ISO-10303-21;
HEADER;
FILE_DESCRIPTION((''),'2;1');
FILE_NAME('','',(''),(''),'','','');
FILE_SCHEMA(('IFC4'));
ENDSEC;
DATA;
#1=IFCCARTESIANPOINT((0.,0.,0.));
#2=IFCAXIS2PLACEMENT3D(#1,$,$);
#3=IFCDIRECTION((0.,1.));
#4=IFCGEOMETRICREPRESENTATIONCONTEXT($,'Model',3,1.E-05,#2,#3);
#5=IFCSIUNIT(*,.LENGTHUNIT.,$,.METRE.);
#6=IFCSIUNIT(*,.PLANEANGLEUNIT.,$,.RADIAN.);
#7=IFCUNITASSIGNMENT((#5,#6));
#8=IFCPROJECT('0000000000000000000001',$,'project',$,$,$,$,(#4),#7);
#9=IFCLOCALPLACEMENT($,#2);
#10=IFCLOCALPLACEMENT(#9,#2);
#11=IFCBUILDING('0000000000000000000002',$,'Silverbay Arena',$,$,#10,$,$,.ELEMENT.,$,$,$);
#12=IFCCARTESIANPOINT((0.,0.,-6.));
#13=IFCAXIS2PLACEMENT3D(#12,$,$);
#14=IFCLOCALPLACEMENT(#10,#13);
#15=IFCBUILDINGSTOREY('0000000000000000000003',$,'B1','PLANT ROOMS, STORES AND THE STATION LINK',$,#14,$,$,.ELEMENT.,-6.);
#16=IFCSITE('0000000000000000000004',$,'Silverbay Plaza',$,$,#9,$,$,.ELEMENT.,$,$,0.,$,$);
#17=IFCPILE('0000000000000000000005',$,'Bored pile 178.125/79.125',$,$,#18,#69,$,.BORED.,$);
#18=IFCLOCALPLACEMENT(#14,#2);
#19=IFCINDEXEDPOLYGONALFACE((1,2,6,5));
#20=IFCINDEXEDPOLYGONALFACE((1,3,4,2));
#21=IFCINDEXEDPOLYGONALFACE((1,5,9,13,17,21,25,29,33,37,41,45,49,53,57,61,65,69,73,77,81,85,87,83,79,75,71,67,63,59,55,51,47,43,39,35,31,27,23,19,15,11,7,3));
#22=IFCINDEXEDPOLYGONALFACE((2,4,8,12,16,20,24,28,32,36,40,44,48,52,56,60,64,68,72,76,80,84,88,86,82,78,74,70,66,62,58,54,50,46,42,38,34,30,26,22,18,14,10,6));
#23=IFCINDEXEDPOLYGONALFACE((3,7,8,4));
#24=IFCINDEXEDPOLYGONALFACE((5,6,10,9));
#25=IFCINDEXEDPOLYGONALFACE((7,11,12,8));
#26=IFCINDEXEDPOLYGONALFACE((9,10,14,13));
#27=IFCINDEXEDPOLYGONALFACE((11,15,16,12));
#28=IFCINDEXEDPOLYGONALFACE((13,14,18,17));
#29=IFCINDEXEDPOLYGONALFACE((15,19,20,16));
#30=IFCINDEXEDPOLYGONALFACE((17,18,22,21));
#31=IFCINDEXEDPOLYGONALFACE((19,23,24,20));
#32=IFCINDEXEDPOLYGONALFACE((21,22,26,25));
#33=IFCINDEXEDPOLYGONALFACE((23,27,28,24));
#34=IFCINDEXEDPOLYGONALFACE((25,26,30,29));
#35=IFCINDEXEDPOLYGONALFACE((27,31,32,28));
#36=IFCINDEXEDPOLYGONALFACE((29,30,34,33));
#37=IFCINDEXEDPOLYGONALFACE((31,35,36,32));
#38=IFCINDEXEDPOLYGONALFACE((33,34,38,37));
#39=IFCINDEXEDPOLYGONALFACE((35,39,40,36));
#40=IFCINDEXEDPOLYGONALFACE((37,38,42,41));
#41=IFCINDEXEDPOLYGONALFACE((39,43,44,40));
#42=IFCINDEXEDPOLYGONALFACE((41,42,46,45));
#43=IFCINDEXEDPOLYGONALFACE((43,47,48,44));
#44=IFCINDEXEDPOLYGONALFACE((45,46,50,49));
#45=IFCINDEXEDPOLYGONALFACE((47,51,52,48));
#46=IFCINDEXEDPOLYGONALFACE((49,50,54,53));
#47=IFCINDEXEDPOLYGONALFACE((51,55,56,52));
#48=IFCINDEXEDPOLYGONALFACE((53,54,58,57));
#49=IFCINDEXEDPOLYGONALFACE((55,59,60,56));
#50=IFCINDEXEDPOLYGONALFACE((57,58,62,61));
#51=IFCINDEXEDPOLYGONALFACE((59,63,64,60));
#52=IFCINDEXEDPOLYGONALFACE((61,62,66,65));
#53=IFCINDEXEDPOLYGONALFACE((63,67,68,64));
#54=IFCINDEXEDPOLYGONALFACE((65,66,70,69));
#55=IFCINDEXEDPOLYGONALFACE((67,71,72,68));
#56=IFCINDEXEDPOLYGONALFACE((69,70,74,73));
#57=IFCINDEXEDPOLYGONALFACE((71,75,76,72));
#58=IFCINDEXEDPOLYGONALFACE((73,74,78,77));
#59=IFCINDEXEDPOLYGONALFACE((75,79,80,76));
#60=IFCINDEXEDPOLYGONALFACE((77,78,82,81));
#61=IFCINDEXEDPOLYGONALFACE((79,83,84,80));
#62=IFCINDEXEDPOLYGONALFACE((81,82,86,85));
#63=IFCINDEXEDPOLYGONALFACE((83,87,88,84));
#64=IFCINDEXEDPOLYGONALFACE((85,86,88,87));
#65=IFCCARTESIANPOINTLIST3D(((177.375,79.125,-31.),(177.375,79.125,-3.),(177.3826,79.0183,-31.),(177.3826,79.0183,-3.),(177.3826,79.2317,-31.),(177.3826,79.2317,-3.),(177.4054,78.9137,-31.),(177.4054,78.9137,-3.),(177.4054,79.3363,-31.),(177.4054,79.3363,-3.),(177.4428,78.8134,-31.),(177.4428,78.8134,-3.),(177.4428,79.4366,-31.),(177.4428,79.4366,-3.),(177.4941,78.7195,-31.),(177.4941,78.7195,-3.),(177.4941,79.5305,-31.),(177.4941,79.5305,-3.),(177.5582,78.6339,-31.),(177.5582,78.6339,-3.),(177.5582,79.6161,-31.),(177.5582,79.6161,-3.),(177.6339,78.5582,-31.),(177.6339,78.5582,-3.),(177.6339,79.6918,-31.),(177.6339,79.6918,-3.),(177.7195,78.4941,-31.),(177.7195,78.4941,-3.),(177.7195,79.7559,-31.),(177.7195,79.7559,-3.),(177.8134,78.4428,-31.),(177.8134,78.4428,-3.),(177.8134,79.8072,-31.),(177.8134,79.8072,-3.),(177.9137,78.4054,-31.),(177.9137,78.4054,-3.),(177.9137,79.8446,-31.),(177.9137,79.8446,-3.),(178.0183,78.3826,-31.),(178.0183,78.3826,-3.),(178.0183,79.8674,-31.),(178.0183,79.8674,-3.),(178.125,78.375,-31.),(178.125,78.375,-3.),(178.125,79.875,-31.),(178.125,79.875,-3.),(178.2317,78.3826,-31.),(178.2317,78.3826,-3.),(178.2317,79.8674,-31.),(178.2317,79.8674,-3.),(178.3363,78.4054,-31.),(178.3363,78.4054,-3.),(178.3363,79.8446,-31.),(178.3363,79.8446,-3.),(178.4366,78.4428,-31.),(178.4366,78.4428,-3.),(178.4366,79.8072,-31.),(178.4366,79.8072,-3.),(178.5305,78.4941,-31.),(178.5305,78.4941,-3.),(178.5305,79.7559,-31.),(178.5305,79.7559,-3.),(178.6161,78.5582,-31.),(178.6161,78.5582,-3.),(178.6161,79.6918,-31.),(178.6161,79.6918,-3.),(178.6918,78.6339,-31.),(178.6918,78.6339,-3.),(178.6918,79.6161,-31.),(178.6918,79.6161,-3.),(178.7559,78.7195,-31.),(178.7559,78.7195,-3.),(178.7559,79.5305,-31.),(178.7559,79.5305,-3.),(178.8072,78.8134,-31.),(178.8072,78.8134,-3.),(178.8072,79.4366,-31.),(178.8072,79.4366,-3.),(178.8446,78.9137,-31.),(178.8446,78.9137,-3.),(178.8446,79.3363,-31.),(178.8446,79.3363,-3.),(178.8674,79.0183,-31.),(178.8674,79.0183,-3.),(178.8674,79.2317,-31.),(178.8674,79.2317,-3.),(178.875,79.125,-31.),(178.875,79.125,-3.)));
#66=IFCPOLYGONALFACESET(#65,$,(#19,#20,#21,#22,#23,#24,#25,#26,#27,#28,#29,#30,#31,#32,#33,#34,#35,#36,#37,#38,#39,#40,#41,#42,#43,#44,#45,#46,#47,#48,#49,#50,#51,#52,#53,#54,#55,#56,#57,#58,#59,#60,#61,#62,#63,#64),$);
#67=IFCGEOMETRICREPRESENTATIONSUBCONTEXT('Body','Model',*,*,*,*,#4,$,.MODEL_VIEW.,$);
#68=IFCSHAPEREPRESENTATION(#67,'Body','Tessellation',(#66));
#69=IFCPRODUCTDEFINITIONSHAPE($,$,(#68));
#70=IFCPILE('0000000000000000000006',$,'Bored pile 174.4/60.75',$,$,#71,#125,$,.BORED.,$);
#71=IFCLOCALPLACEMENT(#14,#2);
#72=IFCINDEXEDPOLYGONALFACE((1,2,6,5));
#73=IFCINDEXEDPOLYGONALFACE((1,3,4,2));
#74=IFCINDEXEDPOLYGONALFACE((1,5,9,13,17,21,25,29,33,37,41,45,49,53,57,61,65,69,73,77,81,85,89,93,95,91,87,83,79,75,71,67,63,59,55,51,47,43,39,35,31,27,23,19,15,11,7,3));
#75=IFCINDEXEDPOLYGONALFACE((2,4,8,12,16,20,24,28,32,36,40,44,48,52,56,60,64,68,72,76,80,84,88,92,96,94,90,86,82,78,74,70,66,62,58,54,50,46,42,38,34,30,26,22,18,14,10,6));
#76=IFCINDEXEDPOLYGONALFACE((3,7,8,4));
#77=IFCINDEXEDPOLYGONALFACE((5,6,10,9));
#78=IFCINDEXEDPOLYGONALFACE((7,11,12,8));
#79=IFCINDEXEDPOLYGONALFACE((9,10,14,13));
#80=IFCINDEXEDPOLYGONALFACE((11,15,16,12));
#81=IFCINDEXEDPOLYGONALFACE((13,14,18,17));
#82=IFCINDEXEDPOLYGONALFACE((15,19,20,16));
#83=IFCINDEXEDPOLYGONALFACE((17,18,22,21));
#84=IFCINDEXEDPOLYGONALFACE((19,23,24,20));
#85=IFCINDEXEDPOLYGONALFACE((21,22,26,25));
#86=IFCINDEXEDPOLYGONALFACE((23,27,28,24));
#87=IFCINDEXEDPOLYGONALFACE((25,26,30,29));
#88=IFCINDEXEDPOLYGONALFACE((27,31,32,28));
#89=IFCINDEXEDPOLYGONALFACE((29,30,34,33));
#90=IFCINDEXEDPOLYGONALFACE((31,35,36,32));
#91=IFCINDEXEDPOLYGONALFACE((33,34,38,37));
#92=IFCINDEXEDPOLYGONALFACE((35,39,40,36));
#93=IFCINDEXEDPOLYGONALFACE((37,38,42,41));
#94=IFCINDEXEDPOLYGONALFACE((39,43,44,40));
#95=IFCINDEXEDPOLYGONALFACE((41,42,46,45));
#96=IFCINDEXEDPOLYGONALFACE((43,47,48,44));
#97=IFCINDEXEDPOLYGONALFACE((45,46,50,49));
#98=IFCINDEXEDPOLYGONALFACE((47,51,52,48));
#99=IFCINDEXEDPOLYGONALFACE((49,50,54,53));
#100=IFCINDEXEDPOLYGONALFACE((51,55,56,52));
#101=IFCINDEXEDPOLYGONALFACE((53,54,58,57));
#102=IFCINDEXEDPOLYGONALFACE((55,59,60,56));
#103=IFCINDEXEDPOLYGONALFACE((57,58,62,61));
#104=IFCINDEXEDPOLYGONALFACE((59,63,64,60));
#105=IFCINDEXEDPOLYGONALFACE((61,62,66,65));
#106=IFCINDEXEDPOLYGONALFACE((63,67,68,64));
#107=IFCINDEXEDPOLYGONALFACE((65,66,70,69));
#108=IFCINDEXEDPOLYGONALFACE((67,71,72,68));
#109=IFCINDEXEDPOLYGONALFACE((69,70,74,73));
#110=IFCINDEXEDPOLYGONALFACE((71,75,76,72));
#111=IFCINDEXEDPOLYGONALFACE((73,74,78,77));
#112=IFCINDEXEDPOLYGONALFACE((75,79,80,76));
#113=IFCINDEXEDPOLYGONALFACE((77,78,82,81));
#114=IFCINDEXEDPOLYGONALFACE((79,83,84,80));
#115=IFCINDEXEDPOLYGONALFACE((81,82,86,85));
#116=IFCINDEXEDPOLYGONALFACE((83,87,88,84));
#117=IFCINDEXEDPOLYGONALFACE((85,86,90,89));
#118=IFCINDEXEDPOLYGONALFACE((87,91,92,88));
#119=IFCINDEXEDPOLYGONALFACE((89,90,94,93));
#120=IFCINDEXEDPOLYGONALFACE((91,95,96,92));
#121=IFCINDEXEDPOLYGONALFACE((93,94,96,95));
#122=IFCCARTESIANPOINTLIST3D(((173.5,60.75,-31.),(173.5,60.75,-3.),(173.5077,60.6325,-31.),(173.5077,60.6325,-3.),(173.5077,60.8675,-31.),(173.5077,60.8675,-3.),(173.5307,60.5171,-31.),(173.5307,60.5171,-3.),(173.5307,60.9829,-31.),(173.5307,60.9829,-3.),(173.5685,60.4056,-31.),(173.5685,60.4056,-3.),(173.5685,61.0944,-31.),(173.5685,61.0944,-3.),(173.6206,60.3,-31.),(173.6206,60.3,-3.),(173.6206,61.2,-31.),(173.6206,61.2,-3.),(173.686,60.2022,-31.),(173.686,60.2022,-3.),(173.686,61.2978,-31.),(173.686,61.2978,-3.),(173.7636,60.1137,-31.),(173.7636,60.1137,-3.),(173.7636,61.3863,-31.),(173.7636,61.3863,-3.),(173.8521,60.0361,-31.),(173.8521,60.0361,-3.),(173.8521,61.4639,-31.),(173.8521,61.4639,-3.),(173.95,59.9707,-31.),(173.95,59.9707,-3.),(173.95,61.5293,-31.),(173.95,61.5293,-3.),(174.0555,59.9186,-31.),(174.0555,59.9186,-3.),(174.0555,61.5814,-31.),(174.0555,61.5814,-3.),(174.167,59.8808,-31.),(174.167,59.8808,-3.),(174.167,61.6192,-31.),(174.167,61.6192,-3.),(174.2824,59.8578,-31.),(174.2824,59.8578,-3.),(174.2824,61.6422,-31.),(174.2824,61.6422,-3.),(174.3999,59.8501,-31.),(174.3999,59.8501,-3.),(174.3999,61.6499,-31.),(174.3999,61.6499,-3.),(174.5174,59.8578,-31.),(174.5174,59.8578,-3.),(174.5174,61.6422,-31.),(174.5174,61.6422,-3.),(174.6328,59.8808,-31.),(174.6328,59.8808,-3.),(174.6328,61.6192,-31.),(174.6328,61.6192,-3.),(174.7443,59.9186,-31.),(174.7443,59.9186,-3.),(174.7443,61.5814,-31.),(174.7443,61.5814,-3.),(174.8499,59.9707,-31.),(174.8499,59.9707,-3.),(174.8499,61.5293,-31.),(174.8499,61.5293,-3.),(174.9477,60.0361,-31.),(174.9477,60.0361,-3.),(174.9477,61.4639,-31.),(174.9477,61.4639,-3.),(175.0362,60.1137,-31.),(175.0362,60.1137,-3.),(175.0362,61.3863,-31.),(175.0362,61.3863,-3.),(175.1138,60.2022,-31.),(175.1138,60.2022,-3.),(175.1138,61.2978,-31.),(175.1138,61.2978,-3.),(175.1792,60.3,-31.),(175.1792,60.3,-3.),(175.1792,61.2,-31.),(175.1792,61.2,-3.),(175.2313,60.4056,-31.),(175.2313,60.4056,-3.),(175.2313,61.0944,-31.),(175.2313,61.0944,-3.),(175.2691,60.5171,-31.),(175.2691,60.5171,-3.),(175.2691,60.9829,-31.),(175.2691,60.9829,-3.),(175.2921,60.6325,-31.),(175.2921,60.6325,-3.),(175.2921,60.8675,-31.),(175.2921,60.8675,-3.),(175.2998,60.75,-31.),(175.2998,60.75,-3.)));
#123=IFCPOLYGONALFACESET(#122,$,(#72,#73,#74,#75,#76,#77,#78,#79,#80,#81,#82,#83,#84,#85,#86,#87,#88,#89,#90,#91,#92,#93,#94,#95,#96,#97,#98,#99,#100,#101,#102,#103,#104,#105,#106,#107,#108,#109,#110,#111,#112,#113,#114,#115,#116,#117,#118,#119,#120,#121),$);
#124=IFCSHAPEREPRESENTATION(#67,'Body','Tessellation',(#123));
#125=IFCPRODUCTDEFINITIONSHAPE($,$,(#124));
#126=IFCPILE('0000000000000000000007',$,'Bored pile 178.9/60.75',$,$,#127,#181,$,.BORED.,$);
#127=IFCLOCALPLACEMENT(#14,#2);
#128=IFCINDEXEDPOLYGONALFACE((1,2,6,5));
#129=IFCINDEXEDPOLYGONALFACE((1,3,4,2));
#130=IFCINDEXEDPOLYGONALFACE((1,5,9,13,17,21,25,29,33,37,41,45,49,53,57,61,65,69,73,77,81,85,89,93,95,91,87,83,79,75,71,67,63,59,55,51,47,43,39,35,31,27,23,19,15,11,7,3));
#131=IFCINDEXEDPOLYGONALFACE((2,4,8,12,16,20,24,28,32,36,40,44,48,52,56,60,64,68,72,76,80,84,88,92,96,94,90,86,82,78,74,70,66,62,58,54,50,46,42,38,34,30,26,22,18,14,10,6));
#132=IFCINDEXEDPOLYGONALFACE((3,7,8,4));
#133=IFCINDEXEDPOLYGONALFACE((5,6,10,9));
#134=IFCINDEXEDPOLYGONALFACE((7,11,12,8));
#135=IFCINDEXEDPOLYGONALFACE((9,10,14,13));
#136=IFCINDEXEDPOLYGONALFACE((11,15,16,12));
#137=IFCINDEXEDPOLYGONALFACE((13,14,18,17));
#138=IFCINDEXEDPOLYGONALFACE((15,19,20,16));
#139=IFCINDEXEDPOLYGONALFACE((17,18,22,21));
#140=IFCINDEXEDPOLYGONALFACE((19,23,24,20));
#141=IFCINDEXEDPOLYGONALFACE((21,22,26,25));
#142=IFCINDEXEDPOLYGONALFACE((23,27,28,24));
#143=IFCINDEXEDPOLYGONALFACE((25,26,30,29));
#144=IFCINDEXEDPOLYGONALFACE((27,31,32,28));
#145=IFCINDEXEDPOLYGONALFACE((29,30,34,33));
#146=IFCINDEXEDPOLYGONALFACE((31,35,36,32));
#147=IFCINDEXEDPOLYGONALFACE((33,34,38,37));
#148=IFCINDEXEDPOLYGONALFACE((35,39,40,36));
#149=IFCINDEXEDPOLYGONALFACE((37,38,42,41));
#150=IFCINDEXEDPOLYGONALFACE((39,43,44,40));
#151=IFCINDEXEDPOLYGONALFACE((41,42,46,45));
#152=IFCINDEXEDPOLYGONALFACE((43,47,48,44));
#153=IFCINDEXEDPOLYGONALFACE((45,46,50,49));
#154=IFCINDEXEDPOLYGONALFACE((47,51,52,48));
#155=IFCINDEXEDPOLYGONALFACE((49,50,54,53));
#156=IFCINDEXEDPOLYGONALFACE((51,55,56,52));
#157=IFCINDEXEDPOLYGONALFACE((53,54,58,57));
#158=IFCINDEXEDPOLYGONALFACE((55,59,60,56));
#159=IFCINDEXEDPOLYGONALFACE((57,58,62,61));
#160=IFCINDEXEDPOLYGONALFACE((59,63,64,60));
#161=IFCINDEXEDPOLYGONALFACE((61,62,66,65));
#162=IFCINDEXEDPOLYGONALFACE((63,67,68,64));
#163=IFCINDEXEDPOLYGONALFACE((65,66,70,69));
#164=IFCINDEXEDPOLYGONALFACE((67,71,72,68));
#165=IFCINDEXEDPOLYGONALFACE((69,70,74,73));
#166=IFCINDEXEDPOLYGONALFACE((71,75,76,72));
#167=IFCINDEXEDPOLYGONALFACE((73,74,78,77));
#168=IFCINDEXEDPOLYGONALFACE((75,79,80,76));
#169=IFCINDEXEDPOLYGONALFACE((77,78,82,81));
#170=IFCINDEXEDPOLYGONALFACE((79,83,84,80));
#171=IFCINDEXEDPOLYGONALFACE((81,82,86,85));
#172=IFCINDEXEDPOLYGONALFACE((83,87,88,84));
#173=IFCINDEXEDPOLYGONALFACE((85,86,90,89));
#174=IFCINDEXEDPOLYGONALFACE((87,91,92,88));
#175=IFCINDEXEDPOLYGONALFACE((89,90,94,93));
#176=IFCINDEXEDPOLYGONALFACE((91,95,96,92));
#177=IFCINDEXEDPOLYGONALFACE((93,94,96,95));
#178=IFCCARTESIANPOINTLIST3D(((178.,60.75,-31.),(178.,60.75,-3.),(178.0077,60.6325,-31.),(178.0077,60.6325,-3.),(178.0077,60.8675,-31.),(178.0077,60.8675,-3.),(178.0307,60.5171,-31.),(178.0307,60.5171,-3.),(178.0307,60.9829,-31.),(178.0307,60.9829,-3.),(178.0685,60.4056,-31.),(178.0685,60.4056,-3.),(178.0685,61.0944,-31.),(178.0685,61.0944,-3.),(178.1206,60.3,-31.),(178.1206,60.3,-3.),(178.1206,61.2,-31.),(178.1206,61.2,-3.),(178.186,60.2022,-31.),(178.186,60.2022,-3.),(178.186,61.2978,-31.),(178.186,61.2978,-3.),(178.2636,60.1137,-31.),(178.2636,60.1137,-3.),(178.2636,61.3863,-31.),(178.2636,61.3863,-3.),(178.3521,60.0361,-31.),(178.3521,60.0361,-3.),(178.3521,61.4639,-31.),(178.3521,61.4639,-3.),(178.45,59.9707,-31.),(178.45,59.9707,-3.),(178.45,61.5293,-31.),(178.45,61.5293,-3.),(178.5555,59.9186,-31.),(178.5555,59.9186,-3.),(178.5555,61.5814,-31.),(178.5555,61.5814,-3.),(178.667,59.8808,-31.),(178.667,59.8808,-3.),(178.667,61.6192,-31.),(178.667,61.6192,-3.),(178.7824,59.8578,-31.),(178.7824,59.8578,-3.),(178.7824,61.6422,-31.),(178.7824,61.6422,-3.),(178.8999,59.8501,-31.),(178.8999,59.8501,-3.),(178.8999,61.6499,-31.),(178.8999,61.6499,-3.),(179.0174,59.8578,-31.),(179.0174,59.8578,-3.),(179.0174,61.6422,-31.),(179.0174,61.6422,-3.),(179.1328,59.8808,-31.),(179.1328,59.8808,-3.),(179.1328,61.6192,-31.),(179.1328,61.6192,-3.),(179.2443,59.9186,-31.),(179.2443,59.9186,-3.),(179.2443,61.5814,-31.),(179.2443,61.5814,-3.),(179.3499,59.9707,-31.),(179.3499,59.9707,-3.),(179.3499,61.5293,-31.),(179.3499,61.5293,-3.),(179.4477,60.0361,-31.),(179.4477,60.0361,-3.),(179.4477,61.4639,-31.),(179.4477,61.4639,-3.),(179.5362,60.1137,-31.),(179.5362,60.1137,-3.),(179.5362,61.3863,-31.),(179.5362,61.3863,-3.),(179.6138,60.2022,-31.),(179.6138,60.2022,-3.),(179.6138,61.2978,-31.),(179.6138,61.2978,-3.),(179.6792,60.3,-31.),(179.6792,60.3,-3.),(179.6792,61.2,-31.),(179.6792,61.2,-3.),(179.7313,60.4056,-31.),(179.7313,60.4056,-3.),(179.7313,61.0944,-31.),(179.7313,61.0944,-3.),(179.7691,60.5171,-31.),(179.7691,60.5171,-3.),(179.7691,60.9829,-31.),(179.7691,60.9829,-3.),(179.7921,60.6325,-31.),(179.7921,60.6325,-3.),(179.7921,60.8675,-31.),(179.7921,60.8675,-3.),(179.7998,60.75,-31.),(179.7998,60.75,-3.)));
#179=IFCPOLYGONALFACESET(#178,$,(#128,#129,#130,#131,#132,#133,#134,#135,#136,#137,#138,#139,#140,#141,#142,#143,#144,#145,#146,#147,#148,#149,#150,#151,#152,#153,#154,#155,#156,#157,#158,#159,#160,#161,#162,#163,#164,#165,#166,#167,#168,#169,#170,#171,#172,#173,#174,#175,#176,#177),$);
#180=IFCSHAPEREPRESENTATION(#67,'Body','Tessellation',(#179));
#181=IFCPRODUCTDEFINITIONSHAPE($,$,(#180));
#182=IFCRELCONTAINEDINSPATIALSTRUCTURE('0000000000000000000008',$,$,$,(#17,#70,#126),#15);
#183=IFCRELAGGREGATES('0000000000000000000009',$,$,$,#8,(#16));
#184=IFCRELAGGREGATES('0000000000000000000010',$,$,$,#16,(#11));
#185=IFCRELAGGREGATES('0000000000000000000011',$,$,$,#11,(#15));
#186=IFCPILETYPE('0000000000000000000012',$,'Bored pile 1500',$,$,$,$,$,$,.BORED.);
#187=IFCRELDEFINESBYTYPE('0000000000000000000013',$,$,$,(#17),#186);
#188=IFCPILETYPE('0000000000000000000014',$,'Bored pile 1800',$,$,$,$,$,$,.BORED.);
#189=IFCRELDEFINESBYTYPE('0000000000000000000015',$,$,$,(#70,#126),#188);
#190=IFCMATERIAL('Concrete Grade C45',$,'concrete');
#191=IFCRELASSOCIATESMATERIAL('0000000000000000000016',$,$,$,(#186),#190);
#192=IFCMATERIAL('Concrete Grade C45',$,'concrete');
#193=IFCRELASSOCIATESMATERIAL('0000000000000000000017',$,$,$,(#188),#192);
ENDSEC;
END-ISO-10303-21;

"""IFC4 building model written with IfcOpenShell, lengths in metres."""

from ifc_helpers import new_model, si_unit, direction, frame, origin, origin_2d, place, context, subcontext, project, spatial, circle, extrude, material, material_profile, profile_set, type_object, element, save


model = new_model("IFC4")

# Units and contexts
model_context = context("Model", 3, precision=1e-05, world=origin(), true_north=direction((0.0, 1.0)))
body_context = subcontext(model_context, "Body", "Model", "MODEL_VIEW")
ifc_project = project(units=[si_unit("LENGTHUNIT", "METRE"), si_unit("PLANEANGLEUNIT", "RADIAN")], contexts=[model_context])

# Site, building, storey
site_placement = place(None, origin())
site = spatial("IfcSite", under=ifc_project, at=site_placement, Name="Silverbay Plaza", CompositionType="ELEMENT", RefElevation=0.0)
building_placement = place(site_placement, origin())
building = spatial("IfcBuilding", under=site, at=building_placement, Name="Silverbay Arena", CompositionType="ELEMENT")
storey_placement = place(building_placement, frame((0.0, 0.0, -6.0)))
storey = spatial("IfcBuildingStorey", under=building, at=storey_placement, Name="B1", Description="PLANT ROOMS, STORES AND THE STATION LINK", CompositionType="ELEMENT", Elevation=-6.0)

# Piles
ifc_material_1 = material(Name="Concrete Grade C45", Category="concrete")
ifc_material_profile_1 = material_profile(ifc_material_1, circle(Radius=0.75, at=origin_2d()), Name="Bored pile 1500")
ifc_profile_set_1 = profile_set([ifc_material_profile_1], Name="Concrete Grade C45")
pile_type_1 = type_object("IfcPileType", Name="Bored pile 1500", PredefinedType="BORED", material=ifc_profile_set_1)
for number, where, z_axis, x_axis, name in (
    (1, (178.125, 79.125, -3.0), (0.0, 0.0, -1.0), (1.0, 0.0, 0.0), "Bored pile 178.125/79.125"),
):
    element("IfcPile", number, at=place(storey_placement, frame(where, z_axis=z_axis, x_axis=x_axis)), inside=storey, type_object=pile_type_1, Name=name, PredefinedType="BORED", context=body_context, shape_type="SweptSolid", body=[
        extrude(circle(Radius=0.75, at=origin_2d()), origin(), (0.0, 0.0, 1.0), 28.0),
    ])
ifc_material_2 = material(Name="Concrete Grade C45", Category="concrete")
ifc_material_profile_2 = material_profile(ifc_material_2, circle(Radius=0.8999, at=origin_2d()), Name="Bored pile 1800")
ifc_profile_set_2 = profile_set([ifc_material_profile_2], Name="Concrete Grade C45")
pile_type_2 = type_object("IfcPileType", Name="Bored pile 1800", PredefinedType="BORED", material=ifc_profile_set_2)
for number, where, z_axis, x_axis, name in (
    (2, (174.3999, 60.75, -3.0), (0.0, 0.0, -1.0), (1.0, 0.0, 0.0), "Bored pile 174.4/60.75"),
    (3, (178.8999, 60.75, -3.0), (0.0, 0.0, -1.0), (1.0, 0.0, 0.0), "Bored pile 178.9/60.75"),
):
    element("IfcPile", number, at=place(storey_placement, frame(where, z_axis=z_axis, x_axis=x_axis)), inside=storey, type_object=pile_type_2, Name=name, PredefinedType="BORED", context=body_context, shape_type="SweptSolid", body=[
        extrude(circle(Radius=0.8999, at=origin_2d()), origin(), (0.0, 0.0, 1.0), 28.0),
    ])

save(model, "model.ifc")
